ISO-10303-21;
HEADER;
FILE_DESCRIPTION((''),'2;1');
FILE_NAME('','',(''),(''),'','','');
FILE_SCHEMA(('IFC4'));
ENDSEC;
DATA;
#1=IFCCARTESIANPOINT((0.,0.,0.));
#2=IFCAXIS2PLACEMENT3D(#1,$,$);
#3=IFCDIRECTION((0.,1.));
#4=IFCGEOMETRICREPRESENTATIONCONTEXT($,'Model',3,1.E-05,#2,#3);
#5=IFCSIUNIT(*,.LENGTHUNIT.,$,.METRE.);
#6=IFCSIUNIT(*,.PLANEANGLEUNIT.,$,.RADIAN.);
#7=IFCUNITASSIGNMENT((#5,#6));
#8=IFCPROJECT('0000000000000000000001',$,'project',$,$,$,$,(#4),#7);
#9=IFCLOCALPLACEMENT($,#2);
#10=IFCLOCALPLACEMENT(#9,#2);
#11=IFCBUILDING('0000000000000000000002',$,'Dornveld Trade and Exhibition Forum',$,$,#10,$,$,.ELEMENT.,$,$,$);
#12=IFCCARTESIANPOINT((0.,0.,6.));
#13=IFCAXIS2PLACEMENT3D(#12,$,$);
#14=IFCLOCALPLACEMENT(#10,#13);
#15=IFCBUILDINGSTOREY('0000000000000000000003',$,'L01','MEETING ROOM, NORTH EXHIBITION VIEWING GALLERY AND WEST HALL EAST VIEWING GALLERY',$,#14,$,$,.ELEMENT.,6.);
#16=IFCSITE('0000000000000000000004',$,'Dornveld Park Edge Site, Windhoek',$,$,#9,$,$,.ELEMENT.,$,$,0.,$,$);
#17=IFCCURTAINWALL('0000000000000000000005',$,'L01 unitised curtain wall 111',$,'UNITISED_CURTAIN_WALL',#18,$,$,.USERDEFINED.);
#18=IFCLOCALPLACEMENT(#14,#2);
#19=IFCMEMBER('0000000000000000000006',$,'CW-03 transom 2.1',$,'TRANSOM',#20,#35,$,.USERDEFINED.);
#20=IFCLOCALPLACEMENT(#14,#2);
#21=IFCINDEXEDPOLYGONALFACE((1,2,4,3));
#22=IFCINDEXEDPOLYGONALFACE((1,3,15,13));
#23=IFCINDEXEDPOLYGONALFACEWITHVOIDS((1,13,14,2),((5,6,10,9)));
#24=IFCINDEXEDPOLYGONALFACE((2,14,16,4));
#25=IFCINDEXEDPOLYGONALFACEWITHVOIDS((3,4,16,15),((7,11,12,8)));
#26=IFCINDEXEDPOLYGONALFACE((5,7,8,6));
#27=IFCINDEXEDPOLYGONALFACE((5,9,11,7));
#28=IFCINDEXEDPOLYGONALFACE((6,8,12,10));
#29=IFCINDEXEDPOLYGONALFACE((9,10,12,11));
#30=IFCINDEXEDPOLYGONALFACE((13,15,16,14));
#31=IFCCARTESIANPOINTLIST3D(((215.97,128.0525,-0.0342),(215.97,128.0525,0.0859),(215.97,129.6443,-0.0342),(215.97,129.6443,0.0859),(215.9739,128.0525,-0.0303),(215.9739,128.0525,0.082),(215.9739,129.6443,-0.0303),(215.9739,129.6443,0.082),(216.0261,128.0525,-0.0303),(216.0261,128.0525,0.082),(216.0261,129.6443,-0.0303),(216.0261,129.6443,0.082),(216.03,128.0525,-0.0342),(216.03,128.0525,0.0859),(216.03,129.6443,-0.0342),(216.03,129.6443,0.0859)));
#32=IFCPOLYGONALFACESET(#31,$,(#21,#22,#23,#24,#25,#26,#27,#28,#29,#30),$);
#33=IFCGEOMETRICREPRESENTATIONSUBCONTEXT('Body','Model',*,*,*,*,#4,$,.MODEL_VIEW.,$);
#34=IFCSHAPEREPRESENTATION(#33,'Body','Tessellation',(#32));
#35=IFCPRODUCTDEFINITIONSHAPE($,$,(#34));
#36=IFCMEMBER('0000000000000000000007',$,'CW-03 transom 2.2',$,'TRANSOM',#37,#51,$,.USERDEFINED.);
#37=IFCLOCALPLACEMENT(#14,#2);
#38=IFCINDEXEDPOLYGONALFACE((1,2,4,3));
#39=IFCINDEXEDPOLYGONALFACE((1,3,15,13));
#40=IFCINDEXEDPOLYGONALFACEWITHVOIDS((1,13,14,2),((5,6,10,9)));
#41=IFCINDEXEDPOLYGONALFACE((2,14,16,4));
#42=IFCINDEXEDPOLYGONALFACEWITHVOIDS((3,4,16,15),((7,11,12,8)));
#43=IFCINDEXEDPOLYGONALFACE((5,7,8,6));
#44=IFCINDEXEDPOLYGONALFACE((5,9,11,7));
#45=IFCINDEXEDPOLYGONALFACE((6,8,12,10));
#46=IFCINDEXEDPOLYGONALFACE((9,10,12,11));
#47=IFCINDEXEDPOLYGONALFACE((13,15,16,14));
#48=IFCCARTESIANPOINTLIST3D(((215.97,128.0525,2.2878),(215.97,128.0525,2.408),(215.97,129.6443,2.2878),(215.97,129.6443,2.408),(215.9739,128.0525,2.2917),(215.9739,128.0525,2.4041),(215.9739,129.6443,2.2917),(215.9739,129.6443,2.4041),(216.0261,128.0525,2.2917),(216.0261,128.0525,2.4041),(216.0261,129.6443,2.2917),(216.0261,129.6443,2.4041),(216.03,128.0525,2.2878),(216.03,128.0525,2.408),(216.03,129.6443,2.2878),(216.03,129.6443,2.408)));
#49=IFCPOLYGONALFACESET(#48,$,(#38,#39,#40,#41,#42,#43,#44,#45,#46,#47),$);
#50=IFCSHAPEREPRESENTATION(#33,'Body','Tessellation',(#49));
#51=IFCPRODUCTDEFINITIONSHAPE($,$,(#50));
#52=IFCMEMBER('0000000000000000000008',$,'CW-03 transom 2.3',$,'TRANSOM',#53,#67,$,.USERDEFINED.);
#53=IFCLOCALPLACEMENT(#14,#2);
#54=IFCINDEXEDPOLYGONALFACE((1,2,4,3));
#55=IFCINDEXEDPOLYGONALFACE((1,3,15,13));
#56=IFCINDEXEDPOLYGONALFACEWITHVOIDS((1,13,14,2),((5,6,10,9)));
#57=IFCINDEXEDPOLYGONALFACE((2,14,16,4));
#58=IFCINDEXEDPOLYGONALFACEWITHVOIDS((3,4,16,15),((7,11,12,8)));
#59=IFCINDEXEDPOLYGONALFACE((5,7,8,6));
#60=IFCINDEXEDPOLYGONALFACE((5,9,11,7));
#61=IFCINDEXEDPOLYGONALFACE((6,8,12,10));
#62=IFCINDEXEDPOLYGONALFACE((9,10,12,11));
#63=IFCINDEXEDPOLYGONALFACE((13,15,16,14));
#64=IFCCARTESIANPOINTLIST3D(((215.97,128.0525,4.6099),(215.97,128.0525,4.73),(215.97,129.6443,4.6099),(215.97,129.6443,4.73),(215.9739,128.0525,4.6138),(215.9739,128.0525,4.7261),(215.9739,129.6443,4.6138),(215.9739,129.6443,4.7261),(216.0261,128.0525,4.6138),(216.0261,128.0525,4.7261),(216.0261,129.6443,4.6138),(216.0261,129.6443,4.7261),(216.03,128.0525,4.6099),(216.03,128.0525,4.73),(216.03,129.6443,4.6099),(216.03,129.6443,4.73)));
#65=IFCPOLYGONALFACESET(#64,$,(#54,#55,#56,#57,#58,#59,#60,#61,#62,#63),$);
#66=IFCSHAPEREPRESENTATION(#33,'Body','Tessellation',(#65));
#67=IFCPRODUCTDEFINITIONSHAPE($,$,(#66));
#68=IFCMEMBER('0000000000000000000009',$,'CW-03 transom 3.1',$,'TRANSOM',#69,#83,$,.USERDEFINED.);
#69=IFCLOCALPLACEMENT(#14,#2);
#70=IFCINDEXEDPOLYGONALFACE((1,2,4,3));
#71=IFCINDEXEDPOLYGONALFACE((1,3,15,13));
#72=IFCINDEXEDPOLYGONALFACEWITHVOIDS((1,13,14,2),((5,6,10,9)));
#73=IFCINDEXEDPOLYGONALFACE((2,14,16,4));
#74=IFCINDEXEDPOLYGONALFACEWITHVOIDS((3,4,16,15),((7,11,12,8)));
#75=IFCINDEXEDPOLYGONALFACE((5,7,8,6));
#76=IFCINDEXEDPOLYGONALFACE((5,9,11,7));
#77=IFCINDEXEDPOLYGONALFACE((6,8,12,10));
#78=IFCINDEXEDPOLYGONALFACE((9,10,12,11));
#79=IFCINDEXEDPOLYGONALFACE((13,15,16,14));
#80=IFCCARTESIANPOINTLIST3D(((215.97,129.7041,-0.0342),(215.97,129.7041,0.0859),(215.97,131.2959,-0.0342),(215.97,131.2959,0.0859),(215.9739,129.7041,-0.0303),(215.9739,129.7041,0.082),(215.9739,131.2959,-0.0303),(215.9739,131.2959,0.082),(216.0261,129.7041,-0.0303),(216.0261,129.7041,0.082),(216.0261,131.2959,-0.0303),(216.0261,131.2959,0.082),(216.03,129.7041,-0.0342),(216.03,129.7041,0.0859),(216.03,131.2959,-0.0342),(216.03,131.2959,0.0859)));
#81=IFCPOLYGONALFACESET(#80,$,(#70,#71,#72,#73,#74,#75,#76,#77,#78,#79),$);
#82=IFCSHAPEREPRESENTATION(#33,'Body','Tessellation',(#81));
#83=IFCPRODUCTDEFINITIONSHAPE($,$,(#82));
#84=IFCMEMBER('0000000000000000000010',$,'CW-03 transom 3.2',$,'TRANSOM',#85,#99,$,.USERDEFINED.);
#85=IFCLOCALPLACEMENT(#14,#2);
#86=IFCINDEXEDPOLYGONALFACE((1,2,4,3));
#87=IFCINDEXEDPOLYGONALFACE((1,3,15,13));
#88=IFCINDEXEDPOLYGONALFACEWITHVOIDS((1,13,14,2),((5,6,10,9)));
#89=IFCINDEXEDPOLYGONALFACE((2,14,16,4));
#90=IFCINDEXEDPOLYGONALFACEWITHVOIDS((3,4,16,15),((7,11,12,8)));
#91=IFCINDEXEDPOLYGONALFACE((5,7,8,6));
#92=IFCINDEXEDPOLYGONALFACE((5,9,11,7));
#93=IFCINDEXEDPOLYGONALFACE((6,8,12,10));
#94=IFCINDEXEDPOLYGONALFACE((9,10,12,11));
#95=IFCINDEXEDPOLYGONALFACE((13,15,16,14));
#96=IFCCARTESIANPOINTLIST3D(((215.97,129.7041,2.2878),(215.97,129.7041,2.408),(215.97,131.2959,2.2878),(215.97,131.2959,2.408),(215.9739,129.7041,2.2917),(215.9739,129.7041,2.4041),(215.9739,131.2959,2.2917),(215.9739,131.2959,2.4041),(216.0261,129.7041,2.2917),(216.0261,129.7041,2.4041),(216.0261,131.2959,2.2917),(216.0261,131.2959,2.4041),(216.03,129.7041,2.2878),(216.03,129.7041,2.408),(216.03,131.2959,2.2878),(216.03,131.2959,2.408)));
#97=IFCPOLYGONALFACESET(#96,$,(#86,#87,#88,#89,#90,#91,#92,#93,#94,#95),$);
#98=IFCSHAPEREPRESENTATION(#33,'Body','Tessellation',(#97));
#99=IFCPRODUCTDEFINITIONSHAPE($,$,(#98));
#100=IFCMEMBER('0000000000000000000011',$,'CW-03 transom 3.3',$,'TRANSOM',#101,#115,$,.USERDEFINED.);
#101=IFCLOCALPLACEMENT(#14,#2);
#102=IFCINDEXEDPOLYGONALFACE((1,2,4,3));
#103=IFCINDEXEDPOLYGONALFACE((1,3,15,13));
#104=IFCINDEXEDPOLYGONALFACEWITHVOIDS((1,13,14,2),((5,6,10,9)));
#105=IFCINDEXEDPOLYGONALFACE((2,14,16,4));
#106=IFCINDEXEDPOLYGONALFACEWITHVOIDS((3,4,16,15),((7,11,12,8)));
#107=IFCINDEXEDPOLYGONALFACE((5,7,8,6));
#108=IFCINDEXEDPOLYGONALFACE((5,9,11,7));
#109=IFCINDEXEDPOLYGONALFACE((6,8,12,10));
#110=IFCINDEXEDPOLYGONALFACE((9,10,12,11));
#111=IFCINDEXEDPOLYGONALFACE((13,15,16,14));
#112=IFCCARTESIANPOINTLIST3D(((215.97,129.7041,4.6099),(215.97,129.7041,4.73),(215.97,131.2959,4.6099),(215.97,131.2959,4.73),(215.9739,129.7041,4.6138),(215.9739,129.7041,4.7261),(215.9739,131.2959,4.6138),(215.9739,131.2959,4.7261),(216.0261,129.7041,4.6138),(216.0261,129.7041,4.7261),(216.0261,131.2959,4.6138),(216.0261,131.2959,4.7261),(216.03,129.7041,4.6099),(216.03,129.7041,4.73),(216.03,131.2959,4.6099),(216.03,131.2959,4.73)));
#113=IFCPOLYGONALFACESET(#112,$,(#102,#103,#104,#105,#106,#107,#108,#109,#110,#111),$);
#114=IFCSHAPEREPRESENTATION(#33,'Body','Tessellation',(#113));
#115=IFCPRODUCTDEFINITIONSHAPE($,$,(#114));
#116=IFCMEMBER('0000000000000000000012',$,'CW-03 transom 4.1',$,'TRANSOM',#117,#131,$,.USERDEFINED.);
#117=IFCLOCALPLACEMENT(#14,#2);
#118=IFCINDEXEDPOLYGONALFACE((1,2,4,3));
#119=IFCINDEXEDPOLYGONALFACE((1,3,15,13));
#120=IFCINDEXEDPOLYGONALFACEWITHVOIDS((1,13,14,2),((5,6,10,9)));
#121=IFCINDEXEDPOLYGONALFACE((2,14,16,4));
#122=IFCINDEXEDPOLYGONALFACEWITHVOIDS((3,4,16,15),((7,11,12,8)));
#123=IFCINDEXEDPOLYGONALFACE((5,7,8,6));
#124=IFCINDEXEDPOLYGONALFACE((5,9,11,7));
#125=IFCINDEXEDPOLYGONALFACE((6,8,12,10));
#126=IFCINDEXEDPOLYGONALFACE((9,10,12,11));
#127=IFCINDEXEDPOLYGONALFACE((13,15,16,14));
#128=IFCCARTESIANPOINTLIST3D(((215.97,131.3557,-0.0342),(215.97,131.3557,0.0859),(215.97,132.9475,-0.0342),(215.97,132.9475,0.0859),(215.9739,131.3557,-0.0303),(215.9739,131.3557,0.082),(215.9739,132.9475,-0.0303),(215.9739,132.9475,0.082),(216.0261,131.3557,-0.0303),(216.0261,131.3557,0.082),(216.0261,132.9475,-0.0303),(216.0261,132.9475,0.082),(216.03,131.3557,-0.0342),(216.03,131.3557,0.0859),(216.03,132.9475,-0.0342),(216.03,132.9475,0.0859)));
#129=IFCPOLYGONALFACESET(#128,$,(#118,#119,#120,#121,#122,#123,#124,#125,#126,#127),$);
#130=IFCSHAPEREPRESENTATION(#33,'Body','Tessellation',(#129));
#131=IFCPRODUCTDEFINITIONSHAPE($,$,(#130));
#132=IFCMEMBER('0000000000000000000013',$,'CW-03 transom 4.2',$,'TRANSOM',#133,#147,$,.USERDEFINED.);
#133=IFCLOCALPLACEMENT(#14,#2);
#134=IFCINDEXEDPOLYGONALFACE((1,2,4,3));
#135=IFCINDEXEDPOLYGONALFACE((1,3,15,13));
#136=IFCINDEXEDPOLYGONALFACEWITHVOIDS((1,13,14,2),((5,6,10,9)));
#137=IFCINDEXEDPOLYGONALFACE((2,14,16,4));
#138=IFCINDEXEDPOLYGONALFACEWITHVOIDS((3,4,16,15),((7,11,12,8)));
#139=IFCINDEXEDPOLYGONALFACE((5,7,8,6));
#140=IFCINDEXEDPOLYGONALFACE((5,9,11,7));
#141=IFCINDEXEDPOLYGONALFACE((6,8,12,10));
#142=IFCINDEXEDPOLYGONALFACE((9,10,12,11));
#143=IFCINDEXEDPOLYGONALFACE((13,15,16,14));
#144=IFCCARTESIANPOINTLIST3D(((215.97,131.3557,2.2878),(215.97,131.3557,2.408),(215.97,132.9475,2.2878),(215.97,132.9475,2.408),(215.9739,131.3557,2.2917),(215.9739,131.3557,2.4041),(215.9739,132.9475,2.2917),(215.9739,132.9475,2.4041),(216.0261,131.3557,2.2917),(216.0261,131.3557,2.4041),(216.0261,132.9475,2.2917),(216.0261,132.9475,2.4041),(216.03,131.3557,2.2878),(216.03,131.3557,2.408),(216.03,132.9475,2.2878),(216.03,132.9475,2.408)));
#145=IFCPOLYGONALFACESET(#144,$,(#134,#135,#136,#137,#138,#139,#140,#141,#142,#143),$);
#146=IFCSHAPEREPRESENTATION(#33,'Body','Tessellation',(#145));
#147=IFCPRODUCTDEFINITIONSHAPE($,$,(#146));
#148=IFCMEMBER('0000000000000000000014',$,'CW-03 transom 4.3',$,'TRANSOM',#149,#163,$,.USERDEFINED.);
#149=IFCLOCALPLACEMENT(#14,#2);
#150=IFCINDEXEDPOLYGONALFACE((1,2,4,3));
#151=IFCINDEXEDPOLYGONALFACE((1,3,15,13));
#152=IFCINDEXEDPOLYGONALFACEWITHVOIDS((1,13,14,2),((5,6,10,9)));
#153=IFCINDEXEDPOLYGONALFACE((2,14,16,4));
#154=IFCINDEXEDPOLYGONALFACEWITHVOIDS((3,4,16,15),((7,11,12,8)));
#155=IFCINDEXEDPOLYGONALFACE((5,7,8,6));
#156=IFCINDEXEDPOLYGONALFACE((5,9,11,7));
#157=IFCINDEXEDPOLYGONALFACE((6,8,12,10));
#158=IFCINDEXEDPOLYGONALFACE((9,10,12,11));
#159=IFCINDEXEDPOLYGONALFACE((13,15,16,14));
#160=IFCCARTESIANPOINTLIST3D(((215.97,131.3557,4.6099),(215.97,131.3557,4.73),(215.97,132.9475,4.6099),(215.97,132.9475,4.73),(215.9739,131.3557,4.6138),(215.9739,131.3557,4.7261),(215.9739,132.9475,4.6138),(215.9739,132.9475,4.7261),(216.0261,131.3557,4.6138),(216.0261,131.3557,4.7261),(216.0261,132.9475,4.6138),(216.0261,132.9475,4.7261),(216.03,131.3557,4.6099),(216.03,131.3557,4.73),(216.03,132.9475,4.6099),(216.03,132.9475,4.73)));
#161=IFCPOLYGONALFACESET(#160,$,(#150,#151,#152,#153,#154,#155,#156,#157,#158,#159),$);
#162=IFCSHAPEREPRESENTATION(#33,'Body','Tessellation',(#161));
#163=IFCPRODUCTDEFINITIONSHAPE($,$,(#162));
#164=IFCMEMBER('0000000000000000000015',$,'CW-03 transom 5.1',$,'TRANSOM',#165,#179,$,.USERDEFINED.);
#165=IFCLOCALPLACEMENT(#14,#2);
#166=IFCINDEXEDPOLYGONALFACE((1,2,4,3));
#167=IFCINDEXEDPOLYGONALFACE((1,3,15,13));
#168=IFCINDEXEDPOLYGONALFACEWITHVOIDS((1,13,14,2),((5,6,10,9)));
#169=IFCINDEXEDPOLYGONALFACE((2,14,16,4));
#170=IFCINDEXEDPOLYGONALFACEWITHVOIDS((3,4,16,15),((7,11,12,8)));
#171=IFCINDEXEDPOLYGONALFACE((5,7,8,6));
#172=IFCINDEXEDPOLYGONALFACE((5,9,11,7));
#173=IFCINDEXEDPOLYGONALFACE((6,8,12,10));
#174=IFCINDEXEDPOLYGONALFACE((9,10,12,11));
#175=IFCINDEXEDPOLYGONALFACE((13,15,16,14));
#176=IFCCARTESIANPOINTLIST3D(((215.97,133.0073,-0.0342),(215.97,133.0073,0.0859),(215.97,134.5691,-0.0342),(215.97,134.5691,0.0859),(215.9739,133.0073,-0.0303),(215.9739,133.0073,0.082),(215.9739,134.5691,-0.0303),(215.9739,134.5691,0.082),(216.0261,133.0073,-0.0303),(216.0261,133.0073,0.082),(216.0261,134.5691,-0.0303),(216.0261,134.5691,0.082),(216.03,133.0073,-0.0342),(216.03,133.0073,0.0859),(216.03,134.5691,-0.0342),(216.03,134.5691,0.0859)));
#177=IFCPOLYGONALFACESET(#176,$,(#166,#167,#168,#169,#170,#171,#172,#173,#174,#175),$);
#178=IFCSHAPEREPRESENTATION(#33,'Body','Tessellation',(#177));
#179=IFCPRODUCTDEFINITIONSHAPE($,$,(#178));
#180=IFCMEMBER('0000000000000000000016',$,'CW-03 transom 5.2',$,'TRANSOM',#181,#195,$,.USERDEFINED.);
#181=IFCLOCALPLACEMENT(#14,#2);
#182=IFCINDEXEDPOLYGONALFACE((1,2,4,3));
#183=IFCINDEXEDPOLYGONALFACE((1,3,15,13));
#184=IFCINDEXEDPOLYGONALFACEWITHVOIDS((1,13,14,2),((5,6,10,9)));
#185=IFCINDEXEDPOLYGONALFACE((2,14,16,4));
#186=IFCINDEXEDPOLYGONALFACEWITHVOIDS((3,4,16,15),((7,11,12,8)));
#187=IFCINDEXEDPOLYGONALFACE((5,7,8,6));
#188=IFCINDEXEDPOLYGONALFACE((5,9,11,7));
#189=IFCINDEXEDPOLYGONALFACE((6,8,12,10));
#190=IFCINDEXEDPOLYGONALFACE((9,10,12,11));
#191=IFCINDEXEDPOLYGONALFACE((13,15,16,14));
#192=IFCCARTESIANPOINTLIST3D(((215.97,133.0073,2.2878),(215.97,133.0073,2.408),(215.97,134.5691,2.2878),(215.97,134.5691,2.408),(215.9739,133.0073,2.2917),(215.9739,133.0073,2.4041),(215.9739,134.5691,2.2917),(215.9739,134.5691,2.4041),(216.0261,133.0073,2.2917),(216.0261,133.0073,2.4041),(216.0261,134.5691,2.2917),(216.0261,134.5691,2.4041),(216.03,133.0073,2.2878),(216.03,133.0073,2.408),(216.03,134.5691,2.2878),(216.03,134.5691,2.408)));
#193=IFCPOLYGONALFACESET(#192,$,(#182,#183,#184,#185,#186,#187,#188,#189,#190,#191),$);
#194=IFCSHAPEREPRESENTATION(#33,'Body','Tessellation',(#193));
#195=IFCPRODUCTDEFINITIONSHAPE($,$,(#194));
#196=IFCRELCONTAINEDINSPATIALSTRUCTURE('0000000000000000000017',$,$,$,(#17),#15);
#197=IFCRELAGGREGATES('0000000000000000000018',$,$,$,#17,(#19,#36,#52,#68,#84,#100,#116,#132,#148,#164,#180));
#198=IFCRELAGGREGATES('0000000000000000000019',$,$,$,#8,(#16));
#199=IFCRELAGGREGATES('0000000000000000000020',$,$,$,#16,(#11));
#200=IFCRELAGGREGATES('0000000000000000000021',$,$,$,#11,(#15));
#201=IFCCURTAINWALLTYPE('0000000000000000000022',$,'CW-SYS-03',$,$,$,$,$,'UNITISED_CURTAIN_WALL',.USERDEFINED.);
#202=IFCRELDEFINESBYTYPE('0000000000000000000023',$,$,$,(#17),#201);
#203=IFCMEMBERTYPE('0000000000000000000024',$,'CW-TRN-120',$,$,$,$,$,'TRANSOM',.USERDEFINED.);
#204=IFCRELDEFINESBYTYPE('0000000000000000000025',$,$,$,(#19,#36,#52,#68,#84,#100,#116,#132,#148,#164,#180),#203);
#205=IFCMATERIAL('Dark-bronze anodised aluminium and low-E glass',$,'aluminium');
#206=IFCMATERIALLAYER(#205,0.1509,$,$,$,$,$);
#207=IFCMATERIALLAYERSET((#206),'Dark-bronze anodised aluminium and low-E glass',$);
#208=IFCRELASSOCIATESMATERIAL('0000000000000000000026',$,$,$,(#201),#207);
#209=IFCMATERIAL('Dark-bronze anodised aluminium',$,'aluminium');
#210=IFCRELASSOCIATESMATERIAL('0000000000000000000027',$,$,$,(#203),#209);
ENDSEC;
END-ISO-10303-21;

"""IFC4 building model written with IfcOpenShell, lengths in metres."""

from ifc_helpers import new_model, si_unit, direction, frame, origin, origin_2d, place, context, subcontext, project, spatial, hollow_rectangle, extrude, material, layer, layer_set, material_profile, profile_set, type_object, element, aggregate, save


model = new_model("IFC4")

# Units and contexts
model_context = context("Model", 3, precision=1e-05, world=origin(), true_north=direction((0.0, 1.0)))
body_context = subcontext(model_context, "Body", "Model", "MODEL_VIEW")
ifc_project = project(units=[si_unit("LENGTHUNIT", "METRE"), si_unit("PLANEANGLEUNIT", "RADIAN")], contexts=[model_context])

# Site, building, storey
site_placement = place(None, origin())
site = spatial("IfcSite", under=ifc_project, at=site_placement, Name="Dornveld Park Edge Site, Windhoek", CompositionType="ELEMENT", RefElevation=0.0)
building_placement = place(site_placement, origin())
building = spatial("IfcBuilding", under=site, at=building_placement, Name="Dornveld Trade and Exhibition Forum", CompositionType="ELEMENT")
storey_placement = place(building_placement, frame((0.0, 0.0, 6.0)))
storey = spatial("IfcBuildingStorey", under=building, at=storey_placement, Name="L01", Description="MEETING ROOM, NORTH EXHIBITION VIEWING GALLERY AND WEST HALL EAST VIEWING GALLERY", CompositionType="ELEMENT", Elevation=6.0)

# Curtain wall
ifc_material_1 = material(Name="Dark-bronze anodised aluminium and low-E glass", Category="aluminium")
ifc_layer_1 = layer(ifc_material_1, 0.1509)
ifc_layer_set_1 = layer_set([ifc_layer_1], Name="Dark-bronze anodised aluminium and low-E glass")
curtain_wall_type_1 = type_object("IfcCurtainWallType", Name="CW-SYS-03", ElementType="UNITISED_CURTAIN_WALL", PredefinedType="USERDEFINED", material=ifc_layer_set_1)
curtain_wall_1_placement = place(storey_placement, origin())
curtain_wall_1 = element("IfcCurtainWall", 1, at=curtain_wall_1_placement, inside=storey, type_object=curtain_wall_type_1, Name="L01 unitised curtain wall 111", ObjectType="UNITISED_CURTAIN_WALL", PredefinedType="USERDEFINED")

# Members
ifc_material_2 = material(Name="Dark-bronze anodised aluminium", Category="aluminium")
ifc_material_profile_1 = material_profile(ifc_material_2, hollow_rectangle(XDim=0.0601, YDim=0.1201, WallThickness=0.0039, at=origin_2d()), Name="RHS 120x60x4")
ifc_profile_set_1 = profile_set([ifc_material_profile_1], Name="Dark-bronze anodised aluminium")
member_type_1 = type_object("IfcMemberType", Name="CW-TRN-120", ElementType="TRANSOM", PredefinedType="USERDEFINED", material=ifc_profile_set_1)
member_1_placement = place(storey_placement, frame((216.0, 128.0525, 0.0259), z_axis=(0.0, 1.0, 0.0), x_axis=(-1.0, 0.0, 0.0)))
member_1 = element("IfcMember", 2, at=member_1_placement, type_object=member_type_1, Name="CW-03 transom 2.1", ObjectType="TRANSOM", PredefinedType="USERDEFINED", context=body_context, shape_type="SweptSolid", body=[
    extrude(hollow_rectangle(XDim=0.0601, YDim=0.1201, WallThickness=0.0039, at=origin_2d()), origin(), (0.0, 0.0, 1.0), 1.5918),
])
member_2_placement = place(storey_placement, frame((216.0, 128.0525, 2.3479), z_axis=(0.0, 1.0, 0.0), x_axis=(-1.0, 0.0, 0.0)))
member_2 = element("IfcMember", 3, at=member_2_placement, type_object=member_type_1, Name="CW-03 transom 2.2", ObjectType="TRANSOM", PredefinedType="USERDEFINED", context=body_context, shape_type="SweptSolid", body=[
    extrude(hollow_rectangle(XDim=0.0601, YDim=0.1201, WallThickness=0.0039, at=origin_2d()), origin(), (0.0, 0.0, 1.0), 1.5918),
])
member_3_placement = place(storey_placement, frame((216.0, 128.0525, 4.6699), z_axis=(0.0, 1.0, 0.0), x_axis=(-1.0, 0.0, 0.0)))
member_3 = element("IfcMember", 4, at=member_3_placement, type_object=member_type_1, Name="CW-03 transom 2.3", ObjectType="TRANSOM", PredefinedType="USERDEFINED", context=body_context, shape_type="SweptSolid", body=[
    extrude(hollow_rectangle(XDim=0.0601, YDim=0.1201, WallThickness=0.0039, at=origin_2d()), origin(), (0.0, 0.0, 1.0), 1.5918),
])
member_4_placement = place(storey_placement, frame((216.0, 129.7041, 0.0259), z_axis=(0.0, 1.0, 0.0), x_axis=(-1.0, 0.0, 0.0)))
member_4 = element("IfcMember", 5, at=member_4_placement, type_object=member_type_1, Name="CW-03 transom 3.1", ObjectType="TRANSOM", PredefinedType="USERDEFINED", context=body_context, shape_type="SweptSolid", body=[
    extrude(hollow_rectangle(XDim=0.0601, YDim=0.1201, WallThickness=0.0039, at=origin_2d()), origin(), (0.0, 0.0, 1.0), 1.5918),
])
member_5_placement = place(storey_placement, frame((216.0, 129.7041, 2.3479), z_axis=(0.0, 1.0, 0.0), x_axis=(-1.0, 0.0, 0.0)))
member_5 = element("IfcMember", 6, at=member_5_placement, type_object=member_type_1, Name="CW-03 transom 3.2", ObjectType="TRANSOM", PredefinedType="USERDEFINED", context=body_context, shape_type="SweptSolid", body=[
    extrude(hollow_rectangle(XDim=0.0601, YDim=0.1201, WallThickness=0.0039, at=origin_2d()), origin(), (0.0, 0.0, 1.0), 1.5918),
])
member_6_placement = place(storey_placement, frame((216.0, 129.7041, 4.6699), z_axis=(0.0, 1.0, 0.0), x_axis=(-1.0, 0.0, 0.0)))
member_6 = element("IfcMember", 7, at=member_6_placement, type_object=member_type_1, Name="CW-03 transom 3.3", ObjectType="TRANSOM", PredefinedType="USERDEFINED", context=body_context, shape_type="SweptSolid", body=[
    extrude(hollow_rectangle(XDim=0.0601, YDim=0.1201, WallThickness=0.0039, at=origin_2d()), origin(), (0.0, 0.0, 1.0), 1.5918),
])
member_7_placement = place(storey_placement, frame((216.0, 131.3557, 0.0259), z_axis=(0.0, 1.0, 0.0), x_axis=(-1.0, 0.0, 0.0)))
member_7 = element("IfcMember", 8, at=member_7_placement, type_object=member_type_1, Name="CW-03 transom 4.1", ObjectType="TRANSOM", PredefinedType="USERDEFINED", context=body_context, shape_type="SweptSolid", body=[
    extrude(hollow_rectangle(XDim=0.0601, YDim=0.1201, WallThickness=0.0039, at=origin_2d()), origin(), (0.0, 0.0, 1.0), 1.5918),
])
member_8_placement = place(storey_placement, frame((216.0, 131.3557, 2.3479), z_axis=(0.0, 1.0, 0.0), x_axis=(-1.0, 0.0, 0.0)))
member_8 = element("IfcMember", 9, at=member_8_placement, type_object=member_type_1, Name="CW-03 transom 4.2", ObjectType="TRANSOM", PredefinedType="USERDEFINED", context=body_context, shape_type="SweptSolid", body=[
    extrude(hollow_rectangle(XDim=0.0601, YDim=0.1201, WallThickness=0.0039, at=origin_2d()), origin(), (0.0, 0.0, 1.0), 1.5918),
])
member_9_placement = place(storey_placement, frame((216.0, 131.3557, 4.6699), z_axis=(0.0, 1.0, 0.0), x_axis=(-1.0, 0.0, 0.0)))
member_9 = element("IfcMember", 10, at=member_9_placement, type_object=member_type_1, Name="CW-03 transom 4.3", ObjectType="TRANSOM", PredefinedType="USERDEFINED", context=body_context, shape_type="SweptSolid", body=[
    extrude(hollow_rectangle(XDim=0.0601, YDim=0.1201, WallThickness=0.0039, at=origin_2d()), origin(), (0.0, 0.0, 1.0), 1.5918),
])
member_10_placement = place(storey_placement, frame((216.0, 133.0073, 0.0259), z_axis=(0.0, 1.0, 0.0), x_axis=(-1.0, 0.0, 0.0)))
member_10 = element("IfcMember", 11, at=member_10_placement, type_object=member_type_1, Name="CW-03 transom 5.1", ObjectType="TRANSOM", PredefinedType="USERDEFINED", context=body_context, shape_type="SweptSolid", body=[
    extrude(hollow_rectangle(XDim=0.0601, YDim=0.1201, WallThickness=0.0039, at=origin_2d()), origin(), (0.0, 0.0, 1.0), 1.5618),
])
member_11_placement = place(storey_placement, frame((216.0, 133.0073, 2.3479), z_axis=(0.0, 1.0, 0.0), x_axis=(-1.0, 0.0, 0.0)))
member_11 = element("IfcMember", 12, at=member_11_placement, type_object=member_type_1, Name="CW-03 transom 5.2", ObjectType="TRANSOM", PredefinedType="USERDEFINED", context=body_context, shape_type="SweptSolid", body=[
    extrude(hollow_rectangle(XDim=0.0601, YDim=0.1201, WallThickness=0.0039, at=origin_2d()), origin(), (0.0, 0.0, 1.0), 1.5618),
])

aggregate(curtain_wall_1, [member_1, member_2, member_3, member_4, member_5, member_6, member_7, member_8, member_9, member_10, member_11])

save(model, "model.ifc")
